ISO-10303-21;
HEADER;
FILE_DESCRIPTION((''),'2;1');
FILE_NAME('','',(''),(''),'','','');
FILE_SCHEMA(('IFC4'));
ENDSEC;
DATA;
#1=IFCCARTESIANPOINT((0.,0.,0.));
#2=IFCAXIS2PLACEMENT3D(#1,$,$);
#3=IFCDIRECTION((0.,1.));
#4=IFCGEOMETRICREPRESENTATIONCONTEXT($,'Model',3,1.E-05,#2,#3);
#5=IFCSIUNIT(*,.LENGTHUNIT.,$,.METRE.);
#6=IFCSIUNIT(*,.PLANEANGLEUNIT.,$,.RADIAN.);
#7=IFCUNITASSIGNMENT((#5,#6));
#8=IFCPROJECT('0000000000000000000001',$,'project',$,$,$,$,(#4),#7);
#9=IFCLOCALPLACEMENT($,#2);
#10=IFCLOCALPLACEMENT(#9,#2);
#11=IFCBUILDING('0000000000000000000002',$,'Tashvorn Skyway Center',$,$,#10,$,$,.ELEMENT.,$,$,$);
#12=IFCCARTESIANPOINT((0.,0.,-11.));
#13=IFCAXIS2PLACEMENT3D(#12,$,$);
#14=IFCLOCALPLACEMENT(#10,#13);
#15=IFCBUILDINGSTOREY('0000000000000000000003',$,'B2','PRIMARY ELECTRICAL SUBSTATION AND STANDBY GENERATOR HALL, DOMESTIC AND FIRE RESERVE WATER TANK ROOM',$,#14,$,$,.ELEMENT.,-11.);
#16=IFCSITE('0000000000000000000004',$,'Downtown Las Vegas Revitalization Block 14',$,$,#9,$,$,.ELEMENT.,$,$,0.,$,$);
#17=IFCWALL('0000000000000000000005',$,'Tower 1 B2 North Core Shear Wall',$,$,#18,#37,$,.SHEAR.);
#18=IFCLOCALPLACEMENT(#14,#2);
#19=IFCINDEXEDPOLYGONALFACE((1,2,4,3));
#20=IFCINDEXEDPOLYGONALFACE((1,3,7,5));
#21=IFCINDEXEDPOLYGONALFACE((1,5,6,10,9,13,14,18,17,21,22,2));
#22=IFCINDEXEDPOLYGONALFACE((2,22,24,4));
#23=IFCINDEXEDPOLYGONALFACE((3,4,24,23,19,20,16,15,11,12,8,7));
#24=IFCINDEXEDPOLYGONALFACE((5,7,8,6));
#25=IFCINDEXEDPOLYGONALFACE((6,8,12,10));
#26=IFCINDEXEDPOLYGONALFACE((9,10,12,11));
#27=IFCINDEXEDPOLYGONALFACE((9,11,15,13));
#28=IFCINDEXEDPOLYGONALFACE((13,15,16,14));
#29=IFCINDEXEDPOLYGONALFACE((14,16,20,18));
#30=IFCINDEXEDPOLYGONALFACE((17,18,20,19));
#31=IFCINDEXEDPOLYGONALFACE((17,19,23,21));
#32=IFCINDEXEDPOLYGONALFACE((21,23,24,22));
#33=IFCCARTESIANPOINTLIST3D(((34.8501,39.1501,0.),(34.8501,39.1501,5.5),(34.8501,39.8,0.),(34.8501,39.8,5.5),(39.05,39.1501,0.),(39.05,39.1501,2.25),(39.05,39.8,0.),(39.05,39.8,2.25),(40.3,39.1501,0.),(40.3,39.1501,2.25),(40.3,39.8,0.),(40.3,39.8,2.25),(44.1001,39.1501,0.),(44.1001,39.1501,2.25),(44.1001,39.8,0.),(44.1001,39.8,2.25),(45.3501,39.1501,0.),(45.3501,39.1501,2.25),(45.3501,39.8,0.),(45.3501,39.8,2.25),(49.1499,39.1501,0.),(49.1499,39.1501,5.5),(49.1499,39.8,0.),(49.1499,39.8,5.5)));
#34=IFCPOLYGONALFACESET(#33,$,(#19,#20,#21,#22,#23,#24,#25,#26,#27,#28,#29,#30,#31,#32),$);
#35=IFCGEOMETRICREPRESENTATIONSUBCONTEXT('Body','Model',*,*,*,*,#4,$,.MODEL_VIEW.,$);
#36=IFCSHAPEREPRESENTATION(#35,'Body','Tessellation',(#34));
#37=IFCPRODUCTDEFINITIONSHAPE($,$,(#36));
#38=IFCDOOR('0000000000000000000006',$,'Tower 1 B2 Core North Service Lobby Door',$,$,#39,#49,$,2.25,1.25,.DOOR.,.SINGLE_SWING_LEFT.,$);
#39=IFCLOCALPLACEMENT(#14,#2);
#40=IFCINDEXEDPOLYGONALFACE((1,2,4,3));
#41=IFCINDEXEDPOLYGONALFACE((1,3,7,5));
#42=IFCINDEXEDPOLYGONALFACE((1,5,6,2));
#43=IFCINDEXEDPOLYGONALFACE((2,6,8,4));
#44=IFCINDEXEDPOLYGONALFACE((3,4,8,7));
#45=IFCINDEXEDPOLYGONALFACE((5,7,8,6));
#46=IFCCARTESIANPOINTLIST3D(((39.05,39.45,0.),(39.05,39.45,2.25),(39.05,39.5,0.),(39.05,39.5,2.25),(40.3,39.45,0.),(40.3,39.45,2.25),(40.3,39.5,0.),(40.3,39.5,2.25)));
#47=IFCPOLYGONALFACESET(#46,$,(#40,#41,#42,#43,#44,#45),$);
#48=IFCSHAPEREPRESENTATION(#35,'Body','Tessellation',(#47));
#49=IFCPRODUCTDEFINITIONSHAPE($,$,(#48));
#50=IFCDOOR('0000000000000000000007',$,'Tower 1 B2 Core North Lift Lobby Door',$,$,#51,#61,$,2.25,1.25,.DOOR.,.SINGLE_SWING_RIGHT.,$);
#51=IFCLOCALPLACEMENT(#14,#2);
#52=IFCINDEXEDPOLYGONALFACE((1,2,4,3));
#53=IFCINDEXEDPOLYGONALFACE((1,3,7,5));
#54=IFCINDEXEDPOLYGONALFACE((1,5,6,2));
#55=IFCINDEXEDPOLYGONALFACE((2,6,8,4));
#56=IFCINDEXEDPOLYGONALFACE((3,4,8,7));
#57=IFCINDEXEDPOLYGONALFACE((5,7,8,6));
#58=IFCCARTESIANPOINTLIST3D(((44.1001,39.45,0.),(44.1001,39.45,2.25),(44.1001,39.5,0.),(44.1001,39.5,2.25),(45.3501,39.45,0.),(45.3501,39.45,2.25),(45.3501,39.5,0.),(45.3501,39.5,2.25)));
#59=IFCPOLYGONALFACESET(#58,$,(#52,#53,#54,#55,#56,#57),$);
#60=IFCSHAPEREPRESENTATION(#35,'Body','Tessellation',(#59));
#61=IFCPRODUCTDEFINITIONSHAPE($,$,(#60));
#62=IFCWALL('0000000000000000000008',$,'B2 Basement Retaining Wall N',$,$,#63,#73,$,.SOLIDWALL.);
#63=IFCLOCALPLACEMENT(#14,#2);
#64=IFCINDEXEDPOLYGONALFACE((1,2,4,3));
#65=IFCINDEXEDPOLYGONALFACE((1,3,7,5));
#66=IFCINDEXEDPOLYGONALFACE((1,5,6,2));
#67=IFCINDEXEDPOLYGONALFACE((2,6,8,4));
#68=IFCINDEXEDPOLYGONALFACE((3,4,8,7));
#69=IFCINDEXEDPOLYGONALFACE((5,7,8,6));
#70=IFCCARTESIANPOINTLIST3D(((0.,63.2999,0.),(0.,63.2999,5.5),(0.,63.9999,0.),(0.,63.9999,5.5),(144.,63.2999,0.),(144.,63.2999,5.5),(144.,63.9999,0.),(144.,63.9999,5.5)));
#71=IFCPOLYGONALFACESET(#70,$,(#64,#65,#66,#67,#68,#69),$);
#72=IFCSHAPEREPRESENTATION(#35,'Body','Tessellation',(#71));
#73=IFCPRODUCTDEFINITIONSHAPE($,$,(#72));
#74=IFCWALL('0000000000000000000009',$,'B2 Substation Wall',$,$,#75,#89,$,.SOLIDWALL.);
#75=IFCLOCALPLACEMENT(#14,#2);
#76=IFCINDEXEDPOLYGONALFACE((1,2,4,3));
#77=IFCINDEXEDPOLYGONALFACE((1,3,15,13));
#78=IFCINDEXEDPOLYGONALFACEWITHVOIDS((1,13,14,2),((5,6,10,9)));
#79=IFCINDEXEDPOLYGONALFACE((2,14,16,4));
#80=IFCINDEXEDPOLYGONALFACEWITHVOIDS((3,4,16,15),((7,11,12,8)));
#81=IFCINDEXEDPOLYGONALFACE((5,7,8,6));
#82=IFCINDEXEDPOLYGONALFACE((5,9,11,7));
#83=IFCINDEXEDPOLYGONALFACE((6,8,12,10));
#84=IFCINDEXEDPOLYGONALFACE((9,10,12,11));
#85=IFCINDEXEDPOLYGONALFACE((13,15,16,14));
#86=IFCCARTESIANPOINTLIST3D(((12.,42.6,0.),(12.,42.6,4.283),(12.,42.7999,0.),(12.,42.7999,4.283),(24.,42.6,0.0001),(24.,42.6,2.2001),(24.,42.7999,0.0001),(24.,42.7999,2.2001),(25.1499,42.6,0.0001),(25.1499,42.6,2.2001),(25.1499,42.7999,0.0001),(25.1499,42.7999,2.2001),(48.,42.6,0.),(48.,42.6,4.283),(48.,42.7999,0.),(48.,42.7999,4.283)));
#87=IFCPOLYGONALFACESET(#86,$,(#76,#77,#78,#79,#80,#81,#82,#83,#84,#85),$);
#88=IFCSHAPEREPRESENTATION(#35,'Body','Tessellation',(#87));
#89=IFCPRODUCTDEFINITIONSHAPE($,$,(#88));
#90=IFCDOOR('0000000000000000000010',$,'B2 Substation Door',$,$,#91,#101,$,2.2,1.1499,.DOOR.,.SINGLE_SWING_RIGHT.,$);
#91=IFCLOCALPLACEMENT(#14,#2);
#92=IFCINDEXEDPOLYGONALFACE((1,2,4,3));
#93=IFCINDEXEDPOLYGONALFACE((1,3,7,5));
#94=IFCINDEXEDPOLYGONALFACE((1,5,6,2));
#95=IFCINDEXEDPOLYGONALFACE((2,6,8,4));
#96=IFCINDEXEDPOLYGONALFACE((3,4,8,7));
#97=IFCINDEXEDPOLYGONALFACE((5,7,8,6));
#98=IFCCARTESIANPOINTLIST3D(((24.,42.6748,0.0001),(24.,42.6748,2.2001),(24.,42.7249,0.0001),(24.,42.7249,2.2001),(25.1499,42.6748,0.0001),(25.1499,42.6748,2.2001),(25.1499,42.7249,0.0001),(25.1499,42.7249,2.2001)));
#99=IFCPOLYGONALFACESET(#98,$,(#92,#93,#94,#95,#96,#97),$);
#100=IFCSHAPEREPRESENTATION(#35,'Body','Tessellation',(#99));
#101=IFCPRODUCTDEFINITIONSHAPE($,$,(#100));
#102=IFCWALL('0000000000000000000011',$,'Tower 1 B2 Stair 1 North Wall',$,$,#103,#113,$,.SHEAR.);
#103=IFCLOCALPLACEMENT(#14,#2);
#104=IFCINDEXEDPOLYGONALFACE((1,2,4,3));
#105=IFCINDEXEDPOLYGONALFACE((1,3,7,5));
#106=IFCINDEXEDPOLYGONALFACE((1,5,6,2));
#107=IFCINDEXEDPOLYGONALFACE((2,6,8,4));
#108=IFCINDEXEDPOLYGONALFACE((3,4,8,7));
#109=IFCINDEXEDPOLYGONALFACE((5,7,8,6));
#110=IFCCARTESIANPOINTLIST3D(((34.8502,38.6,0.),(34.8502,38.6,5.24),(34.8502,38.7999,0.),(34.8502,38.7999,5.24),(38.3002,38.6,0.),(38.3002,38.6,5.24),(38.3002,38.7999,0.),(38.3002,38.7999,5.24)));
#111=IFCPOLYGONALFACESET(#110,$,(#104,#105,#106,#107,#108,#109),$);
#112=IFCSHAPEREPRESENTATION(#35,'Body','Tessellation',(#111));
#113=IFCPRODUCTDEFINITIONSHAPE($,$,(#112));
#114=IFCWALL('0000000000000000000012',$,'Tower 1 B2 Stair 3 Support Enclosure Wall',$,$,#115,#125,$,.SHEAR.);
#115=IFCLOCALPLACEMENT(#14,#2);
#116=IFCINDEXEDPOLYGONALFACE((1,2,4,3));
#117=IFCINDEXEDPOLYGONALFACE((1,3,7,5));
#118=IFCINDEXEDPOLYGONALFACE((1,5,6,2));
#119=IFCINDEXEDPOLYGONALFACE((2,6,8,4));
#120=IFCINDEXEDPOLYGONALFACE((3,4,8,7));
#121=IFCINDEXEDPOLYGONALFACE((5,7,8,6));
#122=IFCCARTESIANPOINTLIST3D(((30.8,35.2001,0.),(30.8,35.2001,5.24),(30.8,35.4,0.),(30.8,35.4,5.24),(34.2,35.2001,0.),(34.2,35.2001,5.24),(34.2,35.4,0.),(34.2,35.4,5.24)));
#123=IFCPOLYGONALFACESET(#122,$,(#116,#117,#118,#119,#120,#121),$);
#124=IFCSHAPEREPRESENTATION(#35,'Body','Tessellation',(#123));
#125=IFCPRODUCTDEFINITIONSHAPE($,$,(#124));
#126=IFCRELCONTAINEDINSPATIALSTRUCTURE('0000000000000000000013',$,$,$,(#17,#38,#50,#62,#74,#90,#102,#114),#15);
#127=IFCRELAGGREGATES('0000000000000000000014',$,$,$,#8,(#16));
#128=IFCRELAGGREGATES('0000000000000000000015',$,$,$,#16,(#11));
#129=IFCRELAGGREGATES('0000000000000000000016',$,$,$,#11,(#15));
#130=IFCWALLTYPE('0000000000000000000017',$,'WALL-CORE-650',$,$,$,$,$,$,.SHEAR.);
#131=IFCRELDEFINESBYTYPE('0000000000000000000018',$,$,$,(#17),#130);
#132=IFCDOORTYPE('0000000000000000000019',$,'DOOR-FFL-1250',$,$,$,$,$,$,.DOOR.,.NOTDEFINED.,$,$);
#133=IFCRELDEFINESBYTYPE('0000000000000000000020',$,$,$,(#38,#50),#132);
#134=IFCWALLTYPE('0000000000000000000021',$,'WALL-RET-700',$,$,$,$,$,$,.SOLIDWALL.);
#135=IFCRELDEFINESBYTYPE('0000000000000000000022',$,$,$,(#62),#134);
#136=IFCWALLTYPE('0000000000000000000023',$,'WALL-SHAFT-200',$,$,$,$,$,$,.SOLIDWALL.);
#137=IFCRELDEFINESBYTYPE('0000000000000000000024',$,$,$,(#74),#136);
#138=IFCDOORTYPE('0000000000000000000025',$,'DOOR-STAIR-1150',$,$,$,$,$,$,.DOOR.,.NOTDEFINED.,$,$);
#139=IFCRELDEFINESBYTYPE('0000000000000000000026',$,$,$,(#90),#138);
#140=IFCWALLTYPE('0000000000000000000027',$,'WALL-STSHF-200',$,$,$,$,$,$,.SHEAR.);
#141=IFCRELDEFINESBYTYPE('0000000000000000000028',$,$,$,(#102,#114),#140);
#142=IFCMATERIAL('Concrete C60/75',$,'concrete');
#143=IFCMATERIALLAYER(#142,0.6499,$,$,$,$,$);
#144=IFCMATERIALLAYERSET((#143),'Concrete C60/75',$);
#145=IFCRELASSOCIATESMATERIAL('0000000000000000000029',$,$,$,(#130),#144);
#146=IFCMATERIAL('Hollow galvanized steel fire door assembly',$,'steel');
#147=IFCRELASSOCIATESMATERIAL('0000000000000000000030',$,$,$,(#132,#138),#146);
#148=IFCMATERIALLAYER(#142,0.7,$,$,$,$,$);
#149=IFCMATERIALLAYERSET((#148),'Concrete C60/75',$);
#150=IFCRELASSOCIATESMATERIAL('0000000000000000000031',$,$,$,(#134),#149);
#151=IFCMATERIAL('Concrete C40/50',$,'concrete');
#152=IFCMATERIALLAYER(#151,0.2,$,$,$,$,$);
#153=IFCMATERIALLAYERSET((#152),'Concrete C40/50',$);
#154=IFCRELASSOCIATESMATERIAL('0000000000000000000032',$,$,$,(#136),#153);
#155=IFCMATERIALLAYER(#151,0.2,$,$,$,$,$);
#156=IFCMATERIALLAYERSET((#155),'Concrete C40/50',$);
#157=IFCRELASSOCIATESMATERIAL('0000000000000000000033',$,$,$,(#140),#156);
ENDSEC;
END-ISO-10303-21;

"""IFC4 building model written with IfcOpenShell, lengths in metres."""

from ifc_helpers import new_model, si_unit, direction, frame, frame_2d, origin, place, context, subcontext, project, spatial, rectangle, extrude, material, layer, layer_set, type_object, element, fill, save


model = new_model("IFC4")

# Units and contexts
model_context = context("Model", 3, precision=1e-05, world=origin(), true_north=direction((0.0, 1.0)))
body_context = subcontext(model_context, "Body", "Model", "MODEL_VIEW")
ifc_project = project(units=[si_unit("LENGTHUNIT", "METRE"), si_unit("PLANEANGLEUNIT", "RADIAN")], contexts=[model_context])

# Site, building, storey
site_placement = place(None, origin())
site = spatial("IfcSite", under=ifc_project, at=site_placement, Name="Downtown Las Vegas Revitalization Block 14", CompositionType="ELEMENT", RefElevation=0.0)
building_placement = place(site_placement, origin())
building = spatial("IfcBuilding", under=site, at=building_placement, Name="Tashvorn Skyway Center", CompositionType="ELEMENT")
storey_placement = place(building_placement, frame((0.0, 0.0, -11.0)))
storey = spatial("IfcBuildingStorey", under=building, at=storey_placement, Name="B2", Description="PRIMARY ELECTRICAL SUBSTATION AND STANDBY GENERATOR HALL, DOMESTIC AND FIRE RESERVE WATER TANK ROOM", CompositionType="ELEMENT", Elevation=-11.0)

# Wall, openings, doors
ifc_material_1 = material(Name="Concrete C60/75", Category="concrete")
ifc_layer_1 = layer(ifc_material_1, 0.6499)
ifc_layer_set_1 = layer_set([ifc_layer_1], Name="Concrete C60/75")
wall_type_1 = type_object("IfcWallType", Name="WALL-CORE-650", PredefinedType="SHEAR", material=ifc_layer_set_1)
wall_1_placement = place(storey_placement, frame((34.8501, 39.4751, 0.0), z_axis=(0.0, 0.0, 1.0), x_axis=(1.0, 0.0, 0.0)))
wall_1 = element("IfcWall", 1, at=wall_1_placement, inside=storey, type_object=wall_type_1, Name="Tower 1 B2 North Core Shear Wall", PredefinedType="SHEAR", context=body_context, shape_type="SweptSolid", body=[
    extrude(rectangle(XDim=14.2998, YDim=0.6499, at=frame_2d((7.1499, 0.0))), origin(), (0.0, 0.0, 1.0), 5.5),
])
opening_1_placement = place(wall_1_placement, frame((4.2, 0.0, 0.0)))
opening_1 = element("IfcOpeningElement", 2, at=opening_1_placement, cuts=wall_1, PredefinedType="OPENING", context=body_context, shape_type="SweptSolid", body=[
    extrude(rectangle(XDim=1.25, YDim=2.25, at=frame_2d((0.625, 1.125))), frame((0.0, 0.335, 0.0), z_axis=(0.0, -1.0, 0.0), x_axis=(1.0, 0.0, 0.0)), (0.0, 0.0, 1.0), 0.6699),
])
opening_2_placement = place(wall_1_placement, frame((9.25, 0.0, 0.0)))
opening_2 = element("IfcOpeningElement", 3, at=opening_2_placement, cuts=wall_1, PredefinedType="OPENING", context=body_context, shape_type="SweptSolid", body=[
    extrude(rectangle(XDim=1.25, YDim=2.25, at=frame_2d((0.625, 1.125))), frame((0.0, 0.335, 0.0), z_axis=(0.0, -1.0, 0.0), x_axis=(1.0, 0.0, 0.0)), (0.0, 0.0, 1.0), 0.6699),
])
ifc_material_2 = material(Name="Hollow galvanized steel fire door assembly", Category="steel")
door_type_1 = type_object("IfcDoorType", Name="DOOR-FFL-1250", OperationType="NOTDEFINED", PredefinedType="DOOR", material=ifc_material_2)
door_1_placement = place(opening_1_placement, origin())
door_1 = element("IfcDoor", 4, at=door_1_placement, inside=storey, type_object=door_type_1, Name="Tower 1 B2 Core North Service Lobby Door", OperationType="SINGLE_SWING_LEFT", OverallHeight=2.25, OverallWidth=1.25, PredefinedType="DOOR", context=body_context, shape_type="SweptSolid", body=[
    extrude(rectangle(XDim=1.25, YDim=2.25, at=frame_2d((0.625, 1.125))), frame((0.0, 0.0249, 0.0), z_axis=(0.0, -1.0, 0.0), x_axis=(1.0, 0.0, 0.0)), (0.0, 0.0, 1.0), 0.05),
])
fill(opening_1, door_1)
door_2_placement = place(opening_2_placement, origin())
door_2 = element("IfcDoor", 5, at=door_2_placement, inside=storey, type_object=door_type_1, Name="Tower 1 B2 Core North Lift Lobby Door", OperationType="SINGLE_SWING_RIGHT", OverallHeight=2.25, OverallWidth=1.25, PredefinedType="DOOR", context=body_context, shape_type="SweptSolid", body=[
    extrude(rectangle(XDim=1.25, YDim=2.25, at=frame_2d((0.625, 1.125))), frame((0.0, 0.0249, 0.0), z_axis=(0.0, -1.0, 0.0), x_axis=(1.0, 0.0, 0.0)), (0.0, 0.0, 1.0), 0.05),
])
fill(opening_2, door_2)

# Wall
ifc_layer_2 = layer(ifc_material_1, 0.7)
ifc_layer_set_2 = layer_set([ifc_layer_2], Name="Concrete C60/75")
wall_type_2 = type_object("IfcWallType", Name="WALL-RET-700", PredefinedType="SOLIDWALL", material=ifc_layer_set_2)
wall_2_placement = place(storey_placement, frame((0.0, 63.6499, 0.0), z_axis=(0.0, 0.0, 1.0), x_axis=(1.0, 0.0, 0.0)))
element("IfcWall", 6, at=wall_2_placement, inside=storey, type_object=wall_type_2, Name="B2 Basement Retaining Wall N", PredefinedType="SOLIDWALL", context=body_context, shape_type="SweptSolid", body=[
    extrude(rectangle(XDim=144.0, YDim=0.7, at=frame_2d((72.0, 0.0))), origin(), (0.0, 0.0, 1.0), 5.5),
])

# Wall, opening, door
ifc_material_3 = material(Name="Concrete C40/50", Category="concrete")
ifc_layer_3 = layer(ifc_material_3, 0.2)
ifc_layer_set_3 = layer_set([ifc_layer_3], Name="Concrete C40/50")
wall_type_3 = type_object("IfcWallType", Name="WALL-SHAFT-200", PredefinedType="SOLIDWALL", material=ifc_layer_set_3)
wall_3_placement = place(storey_placement, frame((12.0, 42.7, 0.0), z_axis=(0.0, 0.0, 1.0), x_axis=(1.0, 0.0, 0.0)))
wall_3 = element("IfcWall", 7, at=wall_3_placement, inside=storey, type_object=wall_type_3, Name="B2 Substation Wall", PredefinedType="SOLIDWALL", context=body_context, shape_type="SweptSolid", body=[
    extrude(rectangle(XDim=36.0, YDim=0.2, at=frame_2d((18.0, 0.0))), origin(), (0.0, 0.0, 1.0), 4.283),
])
opening_3_placement = place(wall_3_placement, frame((12.0, 0.0, 0.0)))
opening_3 = element("IfcOpeningElement", 8, at=opening_3_placement, cuts=wall_3, PredefinedType="OPENING", context=body_context, shape_type="SweptSolid", body=[
    extrude(rectangle(XDim=1.1499, YDim=2.2, at=frame_2d((0.575, 1.1001))), frame((0.0, 0.1099, 0.0), z_axis=(0.0, -1.0, 0.0), x_axis=(1.0, 0.0, 0.0)), (0.0, 0.0, 1.0), 0.22),
])
door_type_2 = type_object("IfcDoorType", Name="DOOR-STAIR-1150", OperationType="NOTDEFINED", PredefinedType="DOOR", material=ifc_material_2)
door_3_placement = place(opening_3_placement, origin())
door_3 = element("IfcDoor", 9, at=door_3_placement, inside=storey, type_object=door_type_2, Name="B2 Substation Door", OperationType="SINGLE_SWING_RIGHT", OverallHeight=2.2, OverallWidth=1.1499, PredefinedType="DOOR", context=body_context, shape_type="SweptSolid", body=[
    extrude(rectangle(XDim=1.1499, YDim=2.2, at=frame_2d((0.575, 1.1001))), frame((0.0, 0.0249, 0.0), z_axis=(0.0, -1.0, 0.0), x_axis=(1.0, 0.0, 0.0)), (0.0, 0.0, 1.0), 0.05),
])
fill(opening_3, door_3)

# Walls
ifc_layer_4 = layer(ifc_material_3, 0.2)
ifc_layer_set_4 = layer_set([ifc_layer_4], Name="Concrete C40/50")
wall_type_4 = type_object("IfcWallType", Name="WALL-STSHF-200", PredefinedType="SHEAR", material=ifc_layer_set_4)
wall_4_placement = place(storey_placement, frame((34.8501, 38.7, 0.0), z_axis=(0.0, 0.0, 1.0), x_axis=(1.0, 0.0, 0.0)))
element("IfcWall", 10, at=wall_4_placement, inside=storey, type_object=wall_type_4, Name="Tower 1 B2 Stair 1 North Wall", PredefinedType="SHEAR", context=body_context, shape_type="SweptSolid", body=[
    extrude(rectangle(XDim=3.45, YDim=0.2, at=frame_2d((1.7251, 0.0))), origin(), (0.0, 0.0, 1.0), 5.24),
])
wall_5_placement = place(storey_placement, frame((30.8, 35.3, 0.0), z_axis=(0.0, 0.0, 1.0), x_axis=(1.0, 0.0, 0.0)))
element("IfcWall", 11, at=wall_5_placement, inside=storey, type_object=wall_type_4, Name="Tower 1 B2 Stair 3 Support Enclosure Wall", PredefinedType="SHEAR", context=body_context, shape_type="SweptSolid", body=[
    extrude(rectangle(XDim=3.3999, YDim=0.2, at=frame_2d((1.7, 0.0))), origin(), (0.0, 0.0, 1.0), 5.24),
])

save(model, "model.ifc")
